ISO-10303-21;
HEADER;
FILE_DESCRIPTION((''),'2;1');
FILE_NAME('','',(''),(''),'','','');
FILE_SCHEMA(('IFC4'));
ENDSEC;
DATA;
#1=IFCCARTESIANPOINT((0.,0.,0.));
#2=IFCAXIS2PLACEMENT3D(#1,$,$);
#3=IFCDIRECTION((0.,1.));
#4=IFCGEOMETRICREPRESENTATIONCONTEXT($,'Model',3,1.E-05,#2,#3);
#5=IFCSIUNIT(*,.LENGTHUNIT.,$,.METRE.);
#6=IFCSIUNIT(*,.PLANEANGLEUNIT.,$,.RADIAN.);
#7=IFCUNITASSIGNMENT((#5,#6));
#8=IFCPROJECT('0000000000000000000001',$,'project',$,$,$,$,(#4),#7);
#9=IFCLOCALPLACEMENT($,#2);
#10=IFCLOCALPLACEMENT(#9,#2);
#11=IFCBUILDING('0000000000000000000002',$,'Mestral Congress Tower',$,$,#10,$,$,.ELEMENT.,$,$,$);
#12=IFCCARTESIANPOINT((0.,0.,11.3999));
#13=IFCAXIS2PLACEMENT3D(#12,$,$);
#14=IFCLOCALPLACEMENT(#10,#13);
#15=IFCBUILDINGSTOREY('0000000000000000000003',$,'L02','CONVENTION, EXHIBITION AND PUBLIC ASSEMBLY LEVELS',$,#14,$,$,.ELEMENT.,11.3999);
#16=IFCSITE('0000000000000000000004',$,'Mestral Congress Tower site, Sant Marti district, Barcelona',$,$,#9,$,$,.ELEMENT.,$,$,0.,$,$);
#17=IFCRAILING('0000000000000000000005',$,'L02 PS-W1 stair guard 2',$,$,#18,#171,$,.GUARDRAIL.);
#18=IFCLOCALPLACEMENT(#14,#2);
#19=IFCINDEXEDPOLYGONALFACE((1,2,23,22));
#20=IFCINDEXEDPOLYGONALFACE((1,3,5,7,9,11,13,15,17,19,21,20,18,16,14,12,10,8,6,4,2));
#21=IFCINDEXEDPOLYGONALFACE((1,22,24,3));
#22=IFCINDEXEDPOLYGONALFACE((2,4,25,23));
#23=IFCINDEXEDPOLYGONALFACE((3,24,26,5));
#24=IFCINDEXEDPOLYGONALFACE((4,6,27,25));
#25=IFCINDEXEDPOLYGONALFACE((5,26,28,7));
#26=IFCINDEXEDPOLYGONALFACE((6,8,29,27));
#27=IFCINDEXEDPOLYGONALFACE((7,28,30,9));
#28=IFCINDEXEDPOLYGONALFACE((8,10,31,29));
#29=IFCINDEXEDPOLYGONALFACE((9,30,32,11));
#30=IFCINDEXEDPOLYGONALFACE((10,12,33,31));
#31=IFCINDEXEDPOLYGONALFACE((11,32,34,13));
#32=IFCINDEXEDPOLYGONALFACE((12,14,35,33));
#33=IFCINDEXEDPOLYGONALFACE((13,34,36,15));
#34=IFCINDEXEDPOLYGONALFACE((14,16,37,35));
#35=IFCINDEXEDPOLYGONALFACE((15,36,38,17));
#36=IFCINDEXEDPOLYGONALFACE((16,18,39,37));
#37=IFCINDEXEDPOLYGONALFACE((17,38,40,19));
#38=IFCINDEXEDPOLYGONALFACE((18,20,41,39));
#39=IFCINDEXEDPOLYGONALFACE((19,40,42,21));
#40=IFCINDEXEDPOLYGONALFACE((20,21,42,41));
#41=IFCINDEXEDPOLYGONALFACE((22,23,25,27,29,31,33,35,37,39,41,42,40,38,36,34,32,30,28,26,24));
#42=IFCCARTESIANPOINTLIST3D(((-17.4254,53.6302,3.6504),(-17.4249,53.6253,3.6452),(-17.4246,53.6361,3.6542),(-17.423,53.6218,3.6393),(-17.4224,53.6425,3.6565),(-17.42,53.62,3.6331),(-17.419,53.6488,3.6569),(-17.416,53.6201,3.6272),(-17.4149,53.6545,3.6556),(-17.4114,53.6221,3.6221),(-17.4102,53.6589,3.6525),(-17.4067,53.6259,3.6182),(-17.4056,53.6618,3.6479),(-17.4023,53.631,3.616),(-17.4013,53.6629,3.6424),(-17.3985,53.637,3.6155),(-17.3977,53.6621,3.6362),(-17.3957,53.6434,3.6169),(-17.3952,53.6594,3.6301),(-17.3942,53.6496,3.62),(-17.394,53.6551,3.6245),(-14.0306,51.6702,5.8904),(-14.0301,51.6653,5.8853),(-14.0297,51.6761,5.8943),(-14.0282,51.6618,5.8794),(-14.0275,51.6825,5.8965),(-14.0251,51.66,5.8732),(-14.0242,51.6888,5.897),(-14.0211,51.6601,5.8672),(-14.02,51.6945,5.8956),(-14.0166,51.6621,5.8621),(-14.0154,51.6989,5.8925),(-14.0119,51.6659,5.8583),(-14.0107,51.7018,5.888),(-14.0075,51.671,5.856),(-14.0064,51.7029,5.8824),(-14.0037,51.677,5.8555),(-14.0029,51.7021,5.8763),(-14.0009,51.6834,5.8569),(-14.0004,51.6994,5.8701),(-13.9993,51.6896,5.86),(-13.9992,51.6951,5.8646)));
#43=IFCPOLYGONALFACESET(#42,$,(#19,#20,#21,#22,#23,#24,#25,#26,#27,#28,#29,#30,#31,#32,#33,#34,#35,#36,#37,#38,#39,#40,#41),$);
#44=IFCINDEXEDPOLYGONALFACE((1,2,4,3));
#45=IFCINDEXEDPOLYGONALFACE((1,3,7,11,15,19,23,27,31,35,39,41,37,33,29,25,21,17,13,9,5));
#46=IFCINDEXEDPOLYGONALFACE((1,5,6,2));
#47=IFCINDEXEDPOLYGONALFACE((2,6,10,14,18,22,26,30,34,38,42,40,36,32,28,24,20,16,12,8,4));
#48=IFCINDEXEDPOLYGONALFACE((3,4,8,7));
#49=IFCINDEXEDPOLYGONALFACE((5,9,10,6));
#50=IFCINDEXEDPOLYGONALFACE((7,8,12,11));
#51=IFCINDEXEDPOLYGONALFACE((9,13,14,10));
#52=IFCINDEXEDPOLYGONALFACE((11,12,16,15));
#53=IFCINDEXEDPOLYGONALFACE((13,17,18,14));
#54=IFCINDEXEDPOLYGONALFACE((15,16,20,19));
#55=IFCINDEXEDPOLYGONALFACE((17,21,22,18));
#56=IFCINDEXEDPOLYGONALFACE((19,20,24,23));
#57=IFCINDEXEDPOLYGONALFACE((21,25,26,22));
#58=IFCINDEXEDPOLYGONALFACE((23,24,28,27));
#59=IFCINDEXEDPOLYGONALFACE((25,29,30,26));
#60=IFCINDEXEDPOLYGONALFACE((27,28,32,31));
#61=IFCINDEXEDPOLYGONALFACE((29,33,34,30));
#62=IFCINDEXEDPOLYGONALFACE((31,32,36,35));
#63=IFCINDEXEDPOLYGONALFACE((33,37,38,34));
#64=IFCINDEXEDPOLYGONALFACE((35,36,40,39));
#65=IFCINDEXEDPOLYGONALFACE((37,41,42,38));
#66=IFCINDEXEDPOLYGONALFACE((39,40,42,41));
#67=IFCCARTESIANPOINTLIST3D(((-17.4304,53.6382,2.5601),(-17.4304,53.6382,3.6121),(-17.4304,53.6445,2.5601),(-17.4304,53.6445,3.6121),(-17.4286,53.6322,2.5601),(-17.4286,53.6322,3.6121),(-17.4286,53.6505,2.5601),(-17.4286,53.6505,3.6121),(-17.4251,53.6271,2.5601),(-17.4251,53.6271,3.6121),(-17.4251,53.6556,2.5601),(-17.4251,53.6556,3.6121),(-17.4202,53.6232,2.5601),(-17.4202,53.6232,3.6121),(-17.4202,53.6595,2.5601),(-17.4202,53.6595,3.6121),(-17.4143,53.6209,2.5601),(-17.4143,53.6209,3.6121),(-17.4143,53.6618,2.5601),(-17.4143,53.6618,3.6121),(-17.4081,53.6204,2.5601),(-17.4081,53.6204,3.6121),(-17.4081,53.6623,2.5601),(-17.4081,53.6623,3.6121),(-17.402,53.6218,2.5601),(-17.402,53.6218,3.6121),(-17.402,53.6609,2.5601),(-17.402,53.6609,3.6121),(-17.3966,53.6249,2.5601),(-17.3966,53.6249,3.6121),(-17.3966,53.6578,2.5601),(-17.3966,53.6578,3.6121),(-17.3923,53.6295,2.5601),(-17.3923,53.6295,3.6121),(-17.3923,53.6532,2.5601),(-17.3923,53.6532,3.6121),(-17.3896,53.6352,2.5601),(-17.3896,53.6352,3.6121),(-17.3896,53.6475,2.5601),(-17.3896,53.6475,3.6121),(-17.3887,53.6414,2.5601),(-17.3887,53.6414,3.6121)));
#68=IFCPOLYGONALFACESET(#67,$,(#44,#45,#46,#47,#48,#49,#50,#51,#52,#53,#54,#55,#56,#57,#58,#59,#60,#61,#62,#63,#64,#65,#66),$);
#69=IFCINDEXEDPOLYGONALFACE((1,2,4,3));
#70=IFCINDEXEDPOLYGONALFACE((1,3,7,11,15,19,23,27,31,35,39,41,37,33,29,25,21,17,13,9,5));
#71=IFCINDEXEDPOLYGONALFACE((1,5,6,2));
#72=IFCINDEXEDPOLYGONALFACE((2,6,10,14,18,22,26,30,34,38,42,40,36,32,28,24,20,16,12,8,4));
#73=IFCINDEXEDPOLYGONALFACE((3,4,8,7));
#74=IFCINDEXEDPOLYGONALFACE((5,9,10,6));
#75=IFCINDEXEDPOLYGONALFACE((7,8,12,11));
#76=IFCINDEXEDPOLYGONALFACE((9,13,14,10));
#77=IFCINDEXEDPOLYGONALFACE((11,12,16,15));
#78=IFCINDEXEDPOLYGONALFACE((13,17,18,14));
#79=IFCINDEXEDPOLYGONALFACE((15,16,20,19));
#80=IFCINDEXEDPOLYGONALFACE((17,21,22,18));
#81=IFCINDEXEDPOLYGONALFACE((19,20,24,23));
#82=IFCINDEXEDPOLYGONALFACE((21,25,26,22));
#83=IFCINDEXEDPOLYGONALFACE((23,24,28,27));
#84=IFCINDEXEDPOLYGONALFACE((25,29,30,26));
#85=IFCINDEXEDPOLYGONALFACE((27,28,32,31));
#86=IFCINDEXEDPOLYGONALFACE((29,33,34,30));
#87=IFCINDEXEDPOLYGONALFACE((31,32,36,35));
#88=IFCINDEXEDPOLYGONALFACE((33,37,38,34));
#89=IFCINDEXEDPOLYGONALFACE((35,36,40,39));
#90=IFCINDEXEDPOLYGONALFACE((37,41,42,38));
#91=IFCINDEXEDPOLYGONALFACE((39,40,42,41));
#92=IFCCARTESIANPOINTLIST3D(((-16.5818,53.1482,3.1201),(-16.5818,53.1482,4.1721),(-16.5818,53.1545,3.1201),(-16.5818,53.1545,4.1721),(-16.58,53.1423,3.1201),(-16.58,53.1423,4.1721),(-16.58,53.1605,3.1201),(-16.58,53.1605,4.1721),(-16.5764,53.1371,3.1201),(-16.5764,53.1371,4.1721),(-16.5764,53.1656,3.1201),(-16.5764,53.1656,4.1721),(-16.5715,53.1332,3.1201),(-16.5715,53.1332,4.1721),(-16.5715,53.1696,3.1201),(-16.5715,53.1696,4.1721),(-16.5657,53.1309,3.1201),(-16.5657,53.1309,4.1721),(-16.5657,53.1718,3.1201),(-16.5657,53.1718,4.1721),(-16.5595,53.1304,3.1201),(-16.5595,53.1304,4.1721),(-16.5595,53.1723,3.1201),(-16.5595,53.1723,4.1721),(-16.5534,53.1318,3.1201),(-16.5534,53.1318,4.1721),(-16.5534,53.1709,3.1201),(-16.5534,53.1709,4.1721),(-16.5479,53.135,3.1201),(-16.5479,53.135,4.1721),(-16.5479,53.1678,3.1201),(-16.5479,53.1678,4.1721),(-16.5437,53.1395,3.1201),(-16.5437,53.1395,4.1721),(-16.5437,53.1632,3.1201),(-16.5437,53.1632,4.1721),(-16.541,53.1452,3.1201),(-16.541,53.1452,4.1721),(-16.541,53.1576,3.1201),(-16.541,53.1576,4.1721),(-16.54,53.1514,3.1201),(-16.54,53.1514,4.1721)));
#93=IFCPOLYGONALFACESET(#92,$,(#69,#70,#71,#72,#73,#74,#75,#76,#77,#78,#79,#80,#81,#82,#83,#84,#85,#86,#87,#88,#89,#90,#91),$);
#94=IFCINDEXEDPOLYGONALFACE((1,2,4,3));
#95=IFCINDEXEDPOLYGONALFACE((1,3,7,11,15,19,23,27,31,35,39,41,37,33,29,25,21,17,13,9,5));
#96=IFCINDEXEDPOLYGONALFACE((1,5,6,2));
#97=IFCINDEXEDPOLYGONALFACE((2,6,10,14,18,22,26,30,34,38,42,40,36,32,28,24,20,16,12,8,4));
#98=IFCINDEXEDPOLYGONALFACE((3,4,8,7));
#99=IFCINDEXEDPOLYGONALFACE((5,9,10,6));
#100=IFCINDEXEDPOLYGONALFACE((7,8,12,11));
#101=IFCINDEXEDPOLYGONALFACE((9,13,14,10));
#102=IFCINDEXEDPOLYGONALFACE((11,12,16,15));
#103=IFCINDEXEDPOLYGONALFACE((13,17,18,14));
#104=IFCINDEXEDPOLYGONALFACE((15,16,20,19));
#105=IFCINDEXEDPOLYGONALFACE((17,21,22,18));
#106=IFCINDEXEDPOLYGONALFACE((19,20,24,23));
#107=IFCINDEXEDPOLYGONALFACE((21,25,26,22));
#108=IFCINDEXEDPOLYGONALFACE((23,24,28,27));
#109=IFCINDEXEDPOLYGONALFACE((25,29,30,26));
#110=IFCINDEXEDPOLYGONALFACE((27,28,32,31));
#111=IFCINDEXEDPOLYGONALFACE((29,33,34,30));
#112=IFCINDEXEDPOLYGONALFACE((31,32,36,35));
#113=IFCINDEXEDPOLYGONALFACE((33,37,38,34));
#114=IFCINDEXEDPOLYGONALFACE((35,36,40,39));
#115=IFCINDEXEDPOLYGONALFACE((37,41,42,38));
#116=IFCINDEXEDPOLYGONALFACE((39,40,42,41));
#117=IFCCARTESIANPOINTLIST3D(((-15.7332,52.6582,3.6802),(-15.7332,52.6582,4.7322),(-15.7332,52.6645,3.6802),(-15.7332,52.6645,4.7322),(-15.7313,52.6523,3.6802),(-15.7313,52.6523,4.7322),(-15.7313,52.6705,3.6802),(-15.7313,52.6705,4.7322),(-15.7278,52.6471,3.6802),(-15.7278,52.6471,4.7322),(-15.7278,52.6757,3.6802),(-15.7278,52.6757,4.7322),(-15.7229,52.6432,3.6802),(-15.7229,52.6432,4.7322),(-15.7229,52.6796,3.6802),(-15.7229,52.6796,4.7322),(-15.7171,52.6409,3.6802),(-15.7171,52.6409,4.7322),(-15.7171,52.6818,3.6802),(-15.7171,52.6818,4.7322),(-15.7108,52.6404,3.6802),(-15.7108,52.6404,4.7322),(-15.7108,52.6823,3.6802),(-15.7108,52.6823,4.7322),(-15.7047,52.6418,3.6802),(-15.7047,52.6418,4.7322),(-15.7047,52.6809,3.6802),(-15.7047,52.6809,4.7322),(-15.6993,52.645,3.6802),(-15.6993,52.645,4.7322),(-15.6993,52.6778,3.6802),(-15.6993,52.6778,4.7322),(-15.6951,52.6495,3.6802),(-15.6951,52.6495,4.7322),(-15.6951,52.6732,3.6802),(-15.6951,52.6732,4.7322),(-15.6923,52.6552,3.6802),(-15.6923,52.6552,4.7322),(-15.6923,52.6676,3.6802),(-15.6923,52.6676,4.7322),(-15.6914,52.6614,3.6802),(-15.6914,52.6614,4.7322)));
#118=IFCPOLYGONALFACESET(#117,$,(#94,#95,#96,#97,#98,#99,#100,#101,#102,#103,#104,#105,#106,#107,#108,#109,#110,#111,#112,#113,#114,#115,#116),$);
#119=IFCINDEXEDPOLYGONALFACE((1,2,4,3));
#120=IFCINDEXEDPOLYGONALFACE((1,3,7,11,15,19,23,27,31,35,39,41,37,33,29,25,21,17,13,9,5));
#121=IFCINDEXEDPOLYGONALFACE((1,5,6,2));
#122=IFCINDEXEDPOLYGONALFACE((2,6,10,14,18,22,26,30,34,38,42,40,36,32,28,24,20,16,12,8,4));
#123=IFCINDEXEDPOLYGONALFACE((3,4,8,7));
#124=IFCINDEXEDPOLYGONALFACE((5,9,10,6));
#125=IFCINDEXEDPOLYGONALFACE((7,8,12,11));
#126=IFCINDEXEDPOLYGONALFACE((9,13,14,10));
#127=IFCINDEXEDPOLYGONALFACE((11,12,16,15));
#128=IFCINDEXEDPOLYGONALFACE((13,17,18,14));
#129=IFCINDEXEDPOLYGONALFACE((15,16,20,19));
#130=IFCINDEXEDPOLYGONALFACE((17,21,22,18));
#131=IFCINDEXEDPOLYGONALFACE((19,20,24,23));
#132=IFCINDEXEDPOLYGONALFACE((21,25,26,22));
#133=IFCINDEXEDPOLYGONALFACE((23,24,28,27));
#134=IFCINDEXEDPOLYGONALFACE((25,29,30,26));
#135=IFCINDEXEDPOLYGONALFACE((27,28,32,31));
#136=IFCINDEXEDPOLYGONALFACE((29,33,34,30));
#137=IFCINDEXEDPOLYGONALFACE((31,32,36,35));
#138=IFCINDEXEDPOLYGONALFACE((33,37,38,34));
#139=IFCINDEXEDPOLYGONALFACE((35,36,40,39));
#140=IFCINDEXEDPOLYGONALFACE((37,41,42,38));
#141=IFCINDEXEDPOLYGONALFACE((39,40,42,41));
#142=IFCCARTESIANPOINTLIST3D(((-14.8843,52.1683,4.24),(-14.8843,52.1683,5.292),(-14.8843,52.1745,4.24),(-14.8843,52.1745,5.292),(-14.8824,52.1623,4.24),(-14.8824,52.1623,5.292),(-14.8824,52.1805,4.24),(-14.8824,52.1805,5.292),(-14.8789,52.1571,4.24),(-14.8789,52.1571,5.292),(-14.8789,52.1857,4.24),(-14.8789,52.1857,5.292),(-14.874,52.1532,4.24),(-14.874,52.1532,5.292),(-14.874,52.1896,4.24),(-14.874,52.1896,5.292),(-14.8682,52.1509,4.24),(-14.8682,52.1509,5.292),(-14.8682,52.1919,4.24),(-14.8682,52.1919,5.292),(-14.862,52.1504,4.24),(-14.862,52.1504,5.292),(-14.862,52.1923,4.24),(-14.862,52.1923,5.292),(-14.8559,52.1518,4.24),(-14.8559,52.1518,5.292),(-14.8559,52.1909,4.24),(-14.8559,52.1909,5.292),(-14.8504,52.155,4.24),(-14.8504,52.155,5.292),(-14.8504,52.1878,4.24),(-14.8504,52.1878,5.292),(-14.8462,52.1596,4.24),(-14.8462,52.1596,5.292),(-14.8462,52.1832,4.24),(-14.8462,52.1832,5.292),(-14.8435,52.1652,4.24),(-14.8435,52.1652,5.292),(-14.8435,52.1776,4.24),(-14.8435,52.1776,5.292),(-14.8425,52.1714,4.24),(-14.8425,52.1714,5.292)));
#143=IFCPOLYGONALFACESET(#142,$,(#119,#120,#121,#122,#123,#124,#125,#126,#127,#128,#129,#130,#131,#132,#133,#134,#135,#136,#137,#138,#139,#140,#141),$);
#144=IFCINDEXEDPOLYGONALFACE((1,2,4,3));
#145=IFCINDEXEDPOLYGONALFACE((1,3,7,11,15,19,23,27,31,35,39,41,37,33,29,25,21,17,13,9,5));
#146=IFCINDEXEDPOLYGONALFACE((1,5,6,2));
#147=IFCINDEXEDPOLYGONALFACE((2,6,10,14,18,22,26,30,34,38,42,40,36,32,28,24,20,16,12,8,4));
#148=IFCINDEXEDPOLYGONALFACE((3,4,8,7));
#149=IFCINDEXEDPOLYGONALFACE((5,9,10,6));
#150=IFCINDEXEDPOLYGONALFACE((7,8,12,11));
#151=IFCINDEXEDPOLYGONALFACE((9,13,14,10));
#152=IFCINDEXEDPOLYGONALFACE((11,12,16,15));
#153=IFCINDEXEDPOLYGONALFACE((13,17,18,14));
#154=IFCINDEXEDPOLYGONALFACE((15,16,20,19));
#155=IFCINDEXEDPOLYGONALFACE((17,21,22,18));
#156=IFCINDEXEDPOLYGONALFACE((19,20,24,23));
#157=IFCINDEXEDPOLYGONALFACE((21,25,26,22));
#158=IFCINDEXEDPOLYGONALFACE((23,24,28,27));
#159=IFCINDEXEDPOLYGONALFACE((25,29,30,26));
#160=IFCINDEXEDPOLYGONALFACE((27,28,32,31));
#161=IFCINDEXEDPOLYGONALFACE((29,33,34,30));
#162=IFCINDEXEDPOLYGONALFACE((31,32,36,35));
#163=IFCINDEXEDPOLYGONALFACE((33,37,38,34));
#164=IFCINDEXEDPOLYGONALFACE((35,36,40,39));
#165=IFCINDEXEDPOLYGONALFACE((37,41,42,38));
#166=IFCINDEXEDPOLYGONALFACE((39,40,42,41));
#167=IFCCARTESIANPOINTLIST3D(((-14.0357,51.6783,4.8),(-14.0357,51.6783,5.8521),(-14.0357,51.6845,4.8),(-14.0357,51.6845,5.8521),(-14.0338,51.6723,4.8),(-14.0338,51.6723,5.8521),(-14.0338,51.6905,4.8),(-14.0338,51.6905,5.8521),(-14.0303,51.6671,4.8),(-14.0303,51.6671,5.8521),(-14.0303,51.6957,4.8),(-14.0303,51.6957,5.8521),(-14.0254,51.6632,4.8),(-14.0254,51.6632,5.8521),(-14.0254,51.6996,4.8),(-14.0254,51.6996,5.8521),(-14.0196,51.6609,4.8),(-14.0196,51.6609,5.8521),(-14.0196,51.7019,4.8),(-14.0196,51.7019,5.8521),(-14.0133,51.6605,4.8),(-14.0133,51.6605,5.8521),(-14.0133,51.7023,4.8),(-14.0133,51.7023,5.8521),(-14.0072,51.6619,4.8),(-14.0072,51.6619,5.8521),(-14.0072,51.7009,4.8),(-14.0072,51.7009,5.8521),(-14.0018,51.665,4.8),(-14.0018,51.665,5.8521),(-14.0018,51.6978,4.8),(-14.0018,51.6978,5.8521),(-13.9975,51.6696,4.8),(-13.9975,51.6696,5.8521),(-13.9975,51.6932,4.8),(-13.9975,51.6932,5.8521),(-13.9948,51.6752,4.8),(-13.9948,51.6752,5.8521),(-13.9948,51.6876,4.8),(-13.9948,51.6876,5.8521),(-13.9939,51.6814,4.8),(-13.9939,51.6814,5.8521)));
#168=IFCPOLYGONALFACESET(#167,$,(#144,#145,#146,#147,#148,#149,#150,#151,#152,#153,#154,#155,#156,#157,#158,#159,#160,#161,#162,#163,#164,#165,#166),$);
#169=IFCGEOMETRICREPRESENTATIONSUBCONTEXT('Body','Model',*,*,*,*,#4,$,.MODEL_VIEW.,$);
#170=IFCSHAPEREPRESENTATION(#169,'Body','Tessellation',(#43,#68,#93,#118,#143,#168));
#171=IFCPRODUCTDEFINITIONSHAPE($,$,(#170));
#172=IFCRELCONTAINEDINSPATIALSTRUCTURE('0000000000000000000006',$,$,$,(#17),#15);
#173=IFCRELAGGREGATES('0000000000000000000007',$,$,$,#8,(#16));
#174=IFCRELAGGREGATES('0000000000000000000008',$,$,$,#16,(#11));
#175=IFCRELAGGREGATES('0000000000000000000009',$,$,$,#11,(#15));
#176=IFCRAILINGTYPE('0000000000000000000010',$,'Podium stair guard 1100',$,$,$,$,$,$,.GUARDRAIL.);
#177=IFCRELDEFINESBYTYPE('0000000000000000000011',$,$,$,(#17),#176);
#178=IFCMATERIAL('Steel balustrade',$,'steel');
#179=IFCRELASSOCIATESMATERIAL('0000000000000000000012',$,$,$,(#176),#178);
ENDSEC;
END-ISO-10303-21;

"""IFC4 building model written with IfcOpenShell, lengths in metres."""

from ifc_helpers import new_model, si_unit, direction, frame, origin, origin_2d, place, context, subcontext, project, spatial, circle, extrude, material, type_object, element, save


model = new_model("IFC4")

# Units and contexts
model_context = context("Model", 3, precision=1e-05, world=origin(), true_north=direction((0.0, 1.0)))
body_context = subcontext(model_context, "Body", "Model", "MODEL_VIEW")
ifc_project = project(units=[si_unit("LENGTHUNIT", "METRE"), si_unit("PLANEANGLEUNIT", "RADIAN")], contexts=[model_context])

# Site, building, storey
site_placement = place(None, origin())
site = spatial("IfcSite", under=ifc_project, at=site_placement, Name="Mestral Congress Tower site, Sant Marti district, Barcelona", CompositionType="ELEMENT", RefElevation=0.0)
building_placement = place(site_placement, origin())
building = spatial("IfcBuilding", under=site, at=building_placement, Name="Mestral Congress Tower", CompositionType="ELEMENT")
storey_placement = place(building_placement, frame((0.0, 0.0, 11.3999)))
storey = spatial("IfcBuildingStorey", under=building, at=storey_placement, Name="L02", Description="CONVENTION, EXHIBITION AND PUBLIC ASSEMBLY LEVELS", CompositionType="ELEMENT", Elevation=11.3999)

# Railing
ifc_material_1 = material(Name="Steel balustrade", Category="steel")
railing_type_1 = type_object("IfcRailingType", Name="Podium stair guard 1100", PredefinedType="GUARDRAIL", material=ifc_material_1)
railing_1_placement = place(storey_placement, frame((-17.4097, 53.6414, 2.5601)))
element("IfcRailing", 1, at=railing_1_placement, inside=storey, type_object=railing_type_1, Name="L02 PS-W1 stair guard 2", PredefinedType="GUARDRAIL", context=body_context, shape_type="SweptSolid", body=[
    extrude(circle(Radius=0.0239, at=origin_2d()), frame((0.0, 0.0, 1.0762), z_axis=(0.75192, -0.434118, 0.496143), x_axis=(0.499997, 0.866027, 0.0)), (0.0, 0.0, 1.0), 4.5149),
    extrude(circle(Radius=0.021, at=origin_2d()), origin(), (0.0, 0.0, 1.0), 1.052),
    extrude(circle(Radius=0.021, at=origin_2d()), frame((0.8486, -0.49, 0.5601)), (0.0, 0.0, 1.0), 1.052),
    extrude(circle(Radius=0.021, at=origin_2d()), frame((1.6973, -0.98, 1.1201)), (0.0, 0.0, 1.0), 1.052),
    extrude(circle(Radius=0.021, at=origin_2d()), frame((2.5461, -1.47, 1.6799)), (0.0, 0.0, 1.0), 1.052),
    extrude(circle(Radius=0.021, at=origin_2d()), frame((3.3948, -1.96, 2.24)), (0.0, 0.0, 1.0), 1.052),
])

save(model, "model.ifc")
